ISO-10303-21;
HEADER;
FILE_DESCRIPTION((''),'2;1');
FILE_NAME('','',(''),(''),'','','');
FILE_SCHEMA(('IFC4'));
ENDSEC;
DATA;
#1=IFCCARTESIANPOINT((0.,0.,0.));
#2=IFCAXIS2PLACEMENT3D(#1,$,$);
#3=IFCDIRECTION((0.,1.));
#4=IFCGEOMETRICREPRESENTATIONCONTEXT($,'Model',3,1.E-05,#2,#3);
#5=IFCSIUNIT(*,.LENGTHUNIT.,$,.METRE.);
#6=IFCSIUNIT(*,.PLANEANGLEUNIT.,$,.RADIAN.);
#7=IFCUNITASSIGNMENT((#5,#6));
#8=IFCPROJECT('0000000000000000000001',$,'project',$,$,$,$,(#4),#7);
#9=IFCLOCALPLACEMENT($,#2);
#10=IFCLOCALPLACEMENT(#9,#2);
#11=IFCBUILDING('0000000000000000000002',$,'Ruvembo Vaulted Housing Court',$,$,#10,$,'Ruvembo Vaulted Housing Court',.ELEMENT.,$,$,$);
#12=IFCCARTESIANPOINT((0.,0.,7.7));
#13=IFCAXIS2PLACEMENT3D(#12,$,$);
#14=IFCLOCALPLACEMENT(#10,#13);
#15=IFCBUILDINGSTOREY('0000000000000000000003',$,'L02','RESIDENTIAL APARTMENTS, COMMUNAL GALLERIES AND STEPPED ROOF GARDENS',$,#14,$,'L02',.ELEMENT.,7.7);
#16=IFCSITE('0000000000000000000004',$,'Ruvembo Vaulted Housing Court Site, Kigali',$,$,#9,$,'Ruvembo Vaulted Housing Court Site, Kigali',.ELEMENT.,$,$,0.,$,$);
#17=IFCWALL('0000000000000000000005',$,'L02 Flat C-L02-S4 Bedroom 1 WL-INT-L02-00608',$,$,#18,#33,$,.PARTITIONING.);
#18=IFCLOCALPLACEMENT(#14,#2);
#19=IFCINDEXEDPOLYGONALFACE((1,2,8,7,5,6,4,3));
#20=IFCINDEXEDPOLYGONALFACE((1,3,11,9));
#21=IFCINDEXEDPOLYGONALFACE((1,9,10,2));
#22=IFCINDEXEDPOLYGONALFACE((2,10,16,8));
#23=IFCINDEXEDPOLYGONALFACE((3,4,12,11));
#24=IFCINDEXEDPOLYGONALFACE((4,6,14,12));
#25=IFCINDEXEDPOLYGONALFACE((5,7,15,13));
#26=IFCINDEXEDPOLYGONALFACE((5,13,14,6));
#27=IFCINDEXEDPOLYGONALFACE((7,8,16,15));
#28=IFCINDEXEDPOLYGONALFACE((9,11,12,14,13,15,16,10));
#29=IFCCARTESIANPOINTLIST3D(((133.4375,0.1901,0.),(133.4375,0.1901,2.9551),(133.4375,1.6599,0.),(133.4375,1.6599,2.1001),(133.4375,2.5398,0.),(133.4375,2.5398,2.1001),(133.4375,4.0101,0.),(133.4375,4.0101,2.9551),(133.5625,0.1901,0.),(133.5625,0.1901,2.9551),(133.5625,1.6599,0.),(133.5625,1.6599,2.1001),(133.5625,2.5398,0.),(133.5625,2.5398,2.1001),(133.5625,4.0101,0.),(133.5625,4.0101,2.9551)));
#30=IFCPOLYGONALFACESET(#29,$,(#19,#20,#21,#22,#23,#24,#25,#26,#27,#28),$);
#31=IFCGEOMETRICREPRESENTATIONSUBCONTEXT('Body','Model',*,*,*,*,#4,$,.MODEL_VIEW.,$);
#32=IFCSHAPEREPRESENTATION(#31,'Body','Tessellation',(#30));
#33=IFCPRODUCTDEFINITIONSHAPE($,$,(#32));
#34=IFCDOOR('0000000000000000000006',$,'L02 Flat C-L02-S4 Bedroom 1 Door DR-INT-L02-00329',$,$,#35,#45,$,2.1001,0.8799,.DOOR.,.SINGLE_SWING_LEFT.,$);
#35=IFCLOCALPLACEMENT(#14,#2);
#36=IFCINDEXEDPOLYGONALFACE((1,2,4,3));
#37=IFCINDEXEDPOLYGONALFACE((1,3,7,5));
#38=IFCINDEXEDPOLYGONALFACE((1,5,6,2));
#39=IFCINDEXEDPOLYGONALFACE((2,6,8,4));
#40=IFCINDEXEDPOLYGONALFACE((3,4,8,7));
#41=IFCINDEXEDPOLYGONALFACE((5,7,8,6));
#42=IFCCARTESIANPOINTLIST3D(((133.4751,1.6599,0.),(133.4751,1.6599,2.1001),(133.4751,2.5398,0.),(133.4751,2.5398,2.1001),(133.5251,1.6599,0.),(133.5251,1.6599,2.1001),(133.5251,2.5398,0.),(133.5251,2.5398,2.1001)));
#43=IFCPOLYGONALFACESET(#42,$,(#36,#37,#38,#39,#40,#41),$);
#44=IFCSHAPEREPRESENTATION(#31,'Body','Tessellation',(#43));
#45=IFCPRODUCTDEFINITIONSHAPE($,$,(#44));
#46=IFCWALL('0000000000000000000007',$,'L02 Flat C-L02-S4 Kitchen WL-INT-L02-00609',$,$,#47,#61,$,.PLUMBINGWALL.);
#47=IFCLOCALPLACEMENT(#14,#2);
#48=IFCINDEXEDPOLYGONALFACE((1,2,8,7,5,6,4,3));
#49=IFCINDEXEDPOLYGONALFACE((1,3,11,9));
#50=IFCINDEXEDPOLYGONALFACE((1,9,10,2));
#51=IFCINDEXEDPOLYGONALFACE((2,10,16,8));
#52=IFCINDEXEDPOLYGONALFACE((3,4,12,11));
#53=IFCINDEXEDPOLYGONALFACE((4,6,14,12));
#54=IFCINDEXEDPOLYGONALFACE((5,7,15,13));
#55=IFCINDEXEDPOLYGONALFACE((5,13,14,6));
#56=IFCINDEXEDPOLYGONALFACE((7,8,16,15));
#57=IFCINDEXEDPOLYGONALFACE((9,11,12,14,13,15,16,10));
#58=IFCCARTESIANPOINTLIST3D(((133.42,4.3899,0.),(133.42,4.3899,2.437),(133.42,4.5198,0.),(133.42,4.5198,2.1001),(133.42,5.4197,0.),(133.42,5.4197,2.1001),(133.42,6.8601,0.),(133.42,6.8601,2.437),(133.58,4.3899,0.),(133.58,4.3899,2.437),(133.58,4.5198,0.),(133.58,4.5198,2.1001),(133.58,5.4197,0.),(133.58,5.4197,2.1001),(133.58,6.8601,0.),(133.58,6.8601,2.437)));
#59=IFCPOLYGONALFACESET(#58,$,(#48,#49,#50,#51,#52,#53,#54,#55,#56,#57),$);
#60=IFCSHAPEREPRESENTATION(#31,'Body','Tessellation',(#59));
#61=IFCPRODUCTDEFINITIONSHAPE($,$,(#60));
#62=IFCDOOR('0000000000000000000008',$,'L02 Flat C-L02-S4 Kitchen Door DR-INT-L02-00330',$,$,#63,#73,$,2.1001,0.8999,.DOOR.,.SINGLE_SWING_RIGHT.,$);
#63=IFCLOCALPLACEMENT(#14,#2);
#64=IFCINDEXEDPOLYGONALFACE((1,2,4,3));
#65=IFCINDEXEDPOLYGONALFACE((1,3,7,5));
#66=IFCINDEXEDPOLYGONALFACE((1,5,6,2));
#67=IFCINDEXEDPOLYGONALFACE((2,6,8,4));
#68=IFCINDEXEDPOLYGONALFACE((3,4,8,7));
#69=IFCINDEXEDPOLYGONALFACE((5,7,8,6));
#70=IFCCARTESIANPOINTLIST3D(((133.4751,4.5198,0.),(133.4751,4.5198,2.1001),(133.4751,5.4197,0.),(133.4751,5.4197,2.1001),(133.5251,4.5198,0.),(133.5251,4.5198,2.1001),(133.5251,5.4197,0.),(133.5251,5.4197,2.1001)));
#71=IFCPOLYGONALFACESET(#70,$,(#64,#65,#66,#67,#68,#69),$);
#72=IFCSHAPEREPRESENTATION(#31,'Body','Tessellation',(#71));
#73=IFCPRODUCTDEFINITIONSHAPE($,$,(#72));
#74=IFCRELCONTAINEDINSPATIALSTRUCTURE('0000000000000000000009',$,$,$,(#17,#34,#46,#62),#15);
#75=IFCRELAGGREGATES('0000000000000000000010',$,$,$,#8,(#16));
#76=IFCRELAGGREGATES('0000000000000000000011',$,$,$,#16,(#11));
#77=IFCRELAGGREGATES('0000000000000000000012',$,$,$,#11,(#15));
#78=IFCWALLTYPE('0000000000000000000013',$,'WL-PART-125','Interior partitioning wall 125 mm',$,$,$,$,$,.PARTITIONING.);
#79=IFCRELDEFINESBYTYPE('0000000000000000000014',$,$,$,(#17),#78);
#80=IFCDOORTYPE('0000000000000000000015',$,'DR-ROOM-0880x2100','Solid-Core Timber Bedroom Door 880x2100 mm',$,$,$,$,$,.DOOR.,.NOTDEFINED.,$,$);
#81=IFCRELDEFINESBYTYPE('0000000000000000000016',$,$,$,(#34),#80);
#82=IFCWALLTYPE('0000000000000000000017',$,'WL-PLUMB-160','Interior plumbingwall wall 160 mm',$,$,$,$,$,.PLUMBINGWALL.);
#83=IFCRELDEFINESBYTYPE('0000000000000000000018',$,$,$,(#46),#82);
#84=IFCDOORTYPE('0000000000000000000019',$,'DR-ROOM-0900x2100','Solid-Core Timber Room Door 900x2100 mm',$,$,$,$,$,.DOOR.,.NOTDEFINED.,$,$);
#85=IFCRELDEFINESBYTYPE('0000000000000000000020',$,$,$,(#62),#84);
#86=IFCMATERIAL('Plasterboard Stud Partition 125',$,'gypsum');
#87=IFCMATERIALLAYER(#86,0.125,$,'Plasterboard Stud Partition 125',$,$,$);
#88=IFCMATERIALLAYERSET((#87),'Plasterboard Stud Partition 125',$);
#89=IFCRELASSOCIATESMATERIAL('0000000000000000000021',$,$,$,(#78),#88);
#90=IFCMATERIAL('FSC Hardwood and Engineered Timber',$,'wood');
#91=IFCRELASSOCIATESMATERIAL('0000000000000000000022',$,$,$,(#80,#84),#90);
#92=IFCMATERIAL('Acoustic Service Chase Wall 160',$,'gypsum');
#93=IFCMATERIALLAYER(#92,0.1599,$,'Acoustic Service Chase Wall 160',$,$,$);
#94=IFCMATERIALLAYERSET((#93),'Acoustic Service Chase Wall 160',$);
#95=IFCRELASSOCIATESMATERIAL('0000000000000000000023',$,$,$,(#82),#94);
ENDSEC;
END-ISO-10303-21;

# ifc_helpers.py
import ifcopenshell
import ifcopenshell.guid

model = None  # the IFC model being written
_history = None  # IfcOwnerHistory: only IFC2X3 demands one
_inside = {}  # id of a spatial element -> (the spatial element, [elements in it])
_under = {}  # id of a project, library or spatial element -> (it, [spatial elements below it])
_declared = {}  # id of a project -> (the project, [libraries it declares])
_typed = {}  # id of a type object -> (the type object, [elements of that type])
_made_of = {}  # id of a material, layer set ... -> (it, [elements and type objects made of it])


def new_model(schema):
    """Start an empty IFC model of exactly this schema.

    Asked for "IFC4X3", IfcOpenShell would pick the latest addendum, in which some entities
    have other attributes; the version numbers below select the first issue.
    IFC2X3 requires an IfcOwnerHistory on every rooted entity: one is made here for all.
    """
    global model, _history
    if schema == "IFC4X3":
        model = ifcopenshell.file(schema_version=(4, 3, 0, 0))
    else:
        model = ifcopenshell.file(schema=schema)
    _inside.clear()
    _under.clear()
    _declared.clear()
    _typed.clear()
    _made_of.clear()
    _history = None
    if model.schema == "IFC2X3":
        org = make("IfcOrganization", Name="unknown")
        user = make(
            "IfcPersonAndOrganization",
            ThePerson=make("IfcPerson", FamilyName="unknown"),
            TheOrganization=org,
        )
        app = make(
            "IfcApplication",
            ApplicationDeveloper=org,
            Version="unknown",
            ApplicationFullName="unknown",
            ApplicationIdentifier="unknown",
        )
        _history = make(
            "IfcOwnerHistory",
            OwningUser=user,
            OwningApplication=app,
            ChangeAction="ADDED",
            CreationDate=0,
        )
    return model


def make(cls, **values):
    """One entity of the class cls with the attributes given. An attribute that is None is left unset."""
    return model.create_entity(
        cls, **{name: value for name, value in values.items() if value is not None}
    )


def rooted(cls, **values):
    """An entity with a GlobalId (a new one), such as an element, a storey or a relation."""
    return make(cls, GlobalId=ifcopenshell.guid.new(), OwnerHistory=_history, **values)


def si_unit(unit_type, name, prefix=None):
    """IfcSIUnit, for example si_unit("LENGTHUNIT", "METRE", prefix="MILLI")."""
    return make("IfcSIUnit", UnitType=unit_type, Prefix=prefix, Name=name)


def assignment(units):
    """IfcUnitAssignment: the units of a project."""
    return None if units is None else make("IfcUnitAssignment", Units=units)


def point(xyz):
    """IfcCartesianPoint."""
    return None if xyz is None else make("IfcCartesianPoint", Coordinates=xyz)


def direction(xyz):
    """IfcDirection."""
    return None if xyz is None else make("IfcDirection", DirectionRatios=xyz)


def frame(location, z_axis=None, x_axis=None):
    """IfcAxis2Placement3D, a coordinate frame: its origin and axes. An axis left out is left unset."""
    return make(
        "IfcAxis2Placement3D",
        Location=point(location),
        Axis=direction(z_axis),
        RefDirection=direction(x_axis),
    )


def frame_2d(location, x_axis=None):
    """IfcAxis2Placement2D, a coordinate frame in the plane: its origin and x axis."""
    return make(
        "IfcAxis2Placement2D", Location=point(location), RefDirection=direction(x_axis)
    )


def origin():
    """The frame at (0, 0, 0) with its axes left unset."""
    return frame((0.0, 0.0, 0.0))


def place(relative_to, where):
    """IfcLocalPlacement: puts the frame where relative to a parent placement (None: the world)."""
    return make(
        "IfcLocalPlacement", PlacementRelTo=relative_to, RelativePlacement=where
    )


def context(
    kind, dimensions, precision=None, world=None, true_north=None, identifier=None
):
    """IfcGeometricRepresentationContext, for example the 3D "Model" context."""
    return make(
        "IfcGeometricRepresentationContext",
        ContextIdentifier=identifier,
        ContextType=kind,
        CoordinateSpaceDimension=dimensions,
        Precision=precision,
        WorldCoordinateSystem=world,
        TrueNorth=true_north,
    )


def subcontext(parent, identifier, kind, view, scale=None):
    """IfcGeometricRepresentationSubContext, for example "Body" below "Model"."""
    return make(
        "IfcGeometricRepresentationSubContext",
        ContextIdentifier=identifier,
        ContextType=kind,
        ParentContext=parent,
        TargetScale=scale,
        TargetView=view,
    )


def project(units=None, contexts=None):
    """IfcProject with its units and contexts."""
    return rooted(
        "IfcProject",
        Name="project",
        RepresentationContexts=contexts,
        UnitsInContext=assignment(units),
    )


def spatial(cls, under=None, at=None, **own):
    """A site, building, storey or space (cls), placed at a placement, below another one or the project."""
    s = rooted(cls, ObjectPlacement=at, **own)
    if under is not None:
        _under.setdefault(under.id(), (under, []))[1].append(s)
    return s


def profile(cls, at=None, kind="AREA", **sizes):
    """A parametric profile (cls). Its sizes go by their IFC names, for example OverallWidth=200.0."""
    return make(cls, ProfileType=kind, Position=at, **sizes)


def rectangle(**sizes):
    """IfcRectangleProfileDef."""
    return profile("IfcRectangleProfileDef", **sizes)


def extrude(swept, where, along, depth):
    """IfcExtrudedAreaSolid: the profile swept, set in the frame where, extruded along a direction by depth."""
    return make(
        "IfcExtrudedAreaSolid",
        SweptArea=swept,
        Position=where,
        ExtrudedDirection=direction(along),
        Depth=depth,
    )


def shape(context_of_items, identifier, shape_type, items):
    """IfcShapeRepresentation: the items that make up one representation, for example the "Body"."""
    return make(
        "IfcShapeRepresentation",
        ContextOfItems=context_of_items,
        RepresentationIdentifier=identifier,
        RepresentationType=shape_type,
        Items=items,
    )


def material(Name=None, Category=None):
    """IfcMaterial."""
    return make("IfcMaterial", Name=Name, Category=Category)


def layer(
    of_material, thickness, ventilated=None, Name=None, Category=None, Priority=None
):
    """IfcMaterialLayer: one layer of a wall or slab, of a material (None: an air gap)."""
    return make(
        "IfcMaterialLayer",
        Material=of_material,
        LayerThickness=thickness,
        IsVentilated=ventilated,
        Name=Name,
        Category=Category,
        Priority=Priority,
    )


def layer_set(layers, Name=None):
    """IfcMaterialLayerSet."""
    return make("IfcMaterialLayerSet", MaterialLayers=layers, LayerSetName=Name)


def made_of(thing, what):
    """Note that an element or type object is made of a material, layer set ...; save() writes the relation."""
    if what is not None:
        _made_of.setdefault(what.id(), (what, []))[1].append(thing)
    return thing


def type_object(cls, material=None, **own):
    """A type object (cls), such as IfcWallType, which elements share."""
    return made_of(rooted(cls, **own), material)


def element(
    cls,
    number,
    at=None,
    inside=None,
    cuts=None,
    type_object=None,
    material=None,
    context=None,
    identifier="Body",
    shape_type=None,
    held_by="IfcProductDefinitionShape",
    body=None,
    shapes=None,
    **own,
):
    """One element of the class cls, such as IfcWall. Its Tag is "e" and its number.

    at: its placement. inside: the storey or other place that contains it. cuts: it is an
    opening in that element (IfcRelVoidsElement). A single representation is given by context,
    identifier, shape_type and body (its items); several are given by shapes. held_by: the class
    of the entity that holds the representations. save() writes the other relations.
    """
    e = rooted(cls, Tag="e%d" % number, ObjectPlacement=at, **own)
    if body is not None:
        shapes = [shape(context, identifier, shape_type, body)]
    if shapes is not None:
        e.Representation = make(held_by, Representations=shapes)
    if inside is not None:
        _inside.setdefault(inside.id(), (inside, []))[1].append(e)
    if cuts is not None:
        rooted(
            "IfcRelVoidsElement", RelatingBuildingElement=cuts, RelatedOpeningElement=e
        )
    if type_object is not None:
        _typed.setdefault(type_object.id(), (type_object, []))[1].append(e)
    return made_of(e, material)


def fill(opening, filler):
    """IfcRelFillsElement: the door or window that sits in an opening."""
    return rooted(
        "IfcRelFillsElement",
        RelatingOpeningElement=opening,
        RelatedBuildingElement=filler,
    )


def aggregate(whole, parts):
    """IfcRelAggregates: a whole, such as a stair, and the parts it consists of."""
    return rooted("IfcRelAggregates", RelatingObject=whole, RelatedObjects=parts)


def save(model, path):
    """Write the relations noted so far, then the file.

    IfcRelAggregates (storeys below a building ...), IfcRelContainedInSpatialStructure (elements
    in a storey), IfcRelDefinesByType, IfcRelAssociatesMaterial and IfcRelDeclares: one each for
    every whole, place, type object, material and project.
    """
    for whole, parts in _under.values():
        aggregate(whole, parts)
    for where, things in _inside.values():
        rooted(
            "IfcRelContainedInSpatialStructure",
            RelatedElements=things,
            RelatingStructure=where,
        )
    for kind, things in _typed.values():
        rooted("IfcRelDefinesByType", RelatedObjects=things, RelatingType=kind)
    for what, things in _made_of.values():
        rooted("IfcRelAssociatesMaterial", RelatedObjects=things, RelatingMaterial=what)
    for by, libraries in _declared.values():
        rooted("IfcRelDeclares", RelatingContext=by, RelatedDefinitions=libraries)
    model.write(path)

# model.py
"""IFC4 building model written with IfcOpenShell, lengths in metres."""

from ifc_helpers import new_model, si_unit, direction, frame, frame_2d, origin, place, context, subcontext, project, spatial, rectangle, extrude, material, layer, layer_set, type_object, element, fill, save


model = new_model("IFC4")

# Units and contexts
model_context = context("Model", 3, precision=1e-05, world=origin(), true_north=direction((0.0, 1.0)))
body_context = subcontext(model_context, "Body", "Model", "MODEL_VIEW")
ifc_project = project(units=[si_unit("LENGTHUNIT", "METRE"), si_unit("PLANEANGLEUNIT", "RADIAN")], contexts=[model_context])

# Site, building, storey
site_placement = place(None, origin())
site = spatial("IfcSite", under=ifc_project, at=site_placement, Name="Ruvembo Vaulted Housing Court Site, Kigali", LongName="Ruvembo Vaulted Housing Court Site, Kigali", CompositionType="ELEMENT", RefElevation=0.0)
building_placement = place(site_placement, origin())
building = spatial("IfcBuilding", under=site, at=building_placement, Name="Ruvembo Vaulted Housing Court", LongName="Ruvembo Vaulted Housing Court", CompositionType="ELEMENT")
storey_placement = place(building_placement, frame((0.0, 0.0, 7.7)))
storey = spatial("IfcBuildingStorey", under=building, at=storey_placement, Name="L02", Description="RESIDENTIAL APARTMENTS, COMMUNAL GALLERIES AND STEPPED ROOF GARDENS", LongName="L02", CompositionType="ELEMENT", Elevation=7.7)

# Walls, openings, doors
ifc_material_1 = material(Name="Plasterboard Stud Partition 125", Category="gypsum")
ifc_layer_1 = layer(ifc_material_1, 0.125, Name="Plasterboard Stud Partition 125")
ifc_layer_set_1 = layer_set([ifc_layer_1], Name="Plasterboard Stud Partition 125")
wall_type_1 = type_object("IfcWallType", Name="WL-PART-125", Description="Interior partitioning wall 125 mm", PredefinedType="PARTITIONING", material=ifc_layer_set_1)
wall_1_placement = place(storey_placement, frame((133.5, 0.1899, 0.0), z_axis=(0.0, 0.0, 1.0), x_axis=(0.0, 1.0, 0.0)))
wall_1 = element("IfcWall", 1, at=wall_1_placement, inside=storey, type_object=wall_type_1, Name="L02 Flat C-L02-S4 Bedroom 1 WL-INT-L02-00608", PredefinedType="PARTITIONING", context=body_context, shape_type="SweptSolid", body=[
    extrude(rectangle(XDim=3.8201, YDim=0.125, at=frame_2d((1.9102, 0.0))), origin(), (0.0, 0.0, 1.0), 2.9551),
])
opening_1_placement = place(wall_1_placement, frame((1.47, 0.0, 0.0)))
opening_1 = element("IfcOpeningElement", 2, at=opening_1_placement, cuts=wall_1, PredefinedType="OPENING", context=body_context, shape_type="SweptSolid", body=[
    extrude(rectangle(XDim=0.8799, YDim=2.1001, at=frame_2d((0.4399, 1.05))), frame((0.0, 0.0725, 0.0), z_axis=(0.0, -1.0, 0.0), x_axis=(1.0, 0.0, 0.0)), (0.0, 0.0, 1.0), 0.145),
])
ifc_material_2 = material(Name="FSC Hardwood and Engineered Timber", Category="wood")
door_type_1 = type_object("IfcDoorType", Name="DR-ROOM-0880x2100", Description="Solid-Core Timber Bedroom Door 880x2100 mm", OperationType="NOTDEFINED", PredefinedType="DOOR", material=ifc_material_2)
door_1_placement = place(opening_1_placement, origin())
door_1 = element("IfcDoor", 3, at=door_1_placement, inside=storey, type_object=door_type_1, Name="L02 Flat C-L02-S4 Bedroom 1 Door DR-INT-L02-00329", OperationType="SINGLE_SWING_LEFT", OverallHeight=2.1001, OverallWidth=0.8799, PredefinedType="DOOR", context=body_context, shape_type="SweptSolid", body=[
    extrude(rectangle(XDim=0.8799, YDim=2.1001, at=frame_2d((0.4399, 1.05))), frame((0.0, 0.0249, 0.0), z_axis=(0.0, -1.0, 0.0), x_axis=(1.0, 0.0, 0.0)), (0.0, 0.0, 1.0), 0.05),
])
fill(opening_1, door_1)
ifc_material_3 = material(Name="Acoustic Service Chase Wall 160", Category="gypsum")
ifc_layer_2 = layer(ifc_material_3, 0.1599, Name="Acoustic Service Chase Wall 160")
ifc_layer_set_2 = layer_set([ifc_layer_2], Name="Acoustic Service Chase Wall 160")
wall_type_2 = type_object("IfcWallType", Name="WL-PLUMB-160", Description="Interior plumbingwall wall 160 mm", PredefinedType="PLUMBINGWALL", material=ifc_layer_set_2)
wall_2_placement = place(storey_placement, frame((133.5, 4.3899, 0.0), z_axis=(0.0, 0.0, 1.0), x_axis=(0.0, 1.0, 0.0)))
wall_2 = element("IfcWall", 4, at=wall_2_placement, inside=storey, type_object=wall_type_2, Name="L02 Flat C-L02-S4 Kitchen WL-INT-L02-00609", PredefinedType="PLUMBINGWALL", context=body_context, shape_type="SweptSolid", body=[
    extrude(rectangle(XDim=2.4702, YDim=0.1599, at=frame_2d((1.2351, 0.0))), origin(), (0.0, 0.0, 1.0), 2.437),
])
opening_2_placement = place(wall_2_placement, frame((0.1299, 0.0, 0.0)))
opening_2 = element("IfcOpeningElement", 5, at=opening_2_placement, cuts=wall_2, PredefinedType="OPENING", context=body_context, shape_type="SweptSolid", body=[
    extrude(rectangle(XDim=0.8999, YDim=2.1001, at=frame_2d((0.45, 1.05))), frame((0.0, 0.0898, 0.0), z_axis=(0.0, -1.0, 0.0), x_axis=(1.0, 0.0, 0.0)), (0.0, 0.0, 1.0), 0.1799),
])
door_type_2 = type_object("IfcDoorType", Name="DR-ROOM-0900x2100", Description="Solid-Core Timber Room Door 900x2100 mm", OperationType="NOTDEFINED", PredefinedType="DOOR", material=ifc_material_2)
door_2_placement = place(opening_2_placement, origin())
door_2 = element("IfcDoor", 6, at=door_2_placement, inside=storey, type_object=door_type_2, Name="L02 Flat C-L02-S4 Kitchen Door DR-INT-L02-00330", OperationType="SINGLE_SWING_RIGHT", OverallHeight=2.1001, OverallWidth=0.8999, PredefinedType="DOOR", context=body_context, shape_type="SweptSolid", body=[
    extrude(rectangle(XDim=0.8999, YDim=2.1001, at=frame_2d((0.45, 1.05))), frame((0.0, 0.0249, 0.0), z_axis=(0.0, -1.0, 0.0), x_axis=(1.0, 0.0, 0.0)), (0.0, 0.0, 1.0), 0.05),
])
fill(opening_2, door_2)

save(model, "model.ifc")
